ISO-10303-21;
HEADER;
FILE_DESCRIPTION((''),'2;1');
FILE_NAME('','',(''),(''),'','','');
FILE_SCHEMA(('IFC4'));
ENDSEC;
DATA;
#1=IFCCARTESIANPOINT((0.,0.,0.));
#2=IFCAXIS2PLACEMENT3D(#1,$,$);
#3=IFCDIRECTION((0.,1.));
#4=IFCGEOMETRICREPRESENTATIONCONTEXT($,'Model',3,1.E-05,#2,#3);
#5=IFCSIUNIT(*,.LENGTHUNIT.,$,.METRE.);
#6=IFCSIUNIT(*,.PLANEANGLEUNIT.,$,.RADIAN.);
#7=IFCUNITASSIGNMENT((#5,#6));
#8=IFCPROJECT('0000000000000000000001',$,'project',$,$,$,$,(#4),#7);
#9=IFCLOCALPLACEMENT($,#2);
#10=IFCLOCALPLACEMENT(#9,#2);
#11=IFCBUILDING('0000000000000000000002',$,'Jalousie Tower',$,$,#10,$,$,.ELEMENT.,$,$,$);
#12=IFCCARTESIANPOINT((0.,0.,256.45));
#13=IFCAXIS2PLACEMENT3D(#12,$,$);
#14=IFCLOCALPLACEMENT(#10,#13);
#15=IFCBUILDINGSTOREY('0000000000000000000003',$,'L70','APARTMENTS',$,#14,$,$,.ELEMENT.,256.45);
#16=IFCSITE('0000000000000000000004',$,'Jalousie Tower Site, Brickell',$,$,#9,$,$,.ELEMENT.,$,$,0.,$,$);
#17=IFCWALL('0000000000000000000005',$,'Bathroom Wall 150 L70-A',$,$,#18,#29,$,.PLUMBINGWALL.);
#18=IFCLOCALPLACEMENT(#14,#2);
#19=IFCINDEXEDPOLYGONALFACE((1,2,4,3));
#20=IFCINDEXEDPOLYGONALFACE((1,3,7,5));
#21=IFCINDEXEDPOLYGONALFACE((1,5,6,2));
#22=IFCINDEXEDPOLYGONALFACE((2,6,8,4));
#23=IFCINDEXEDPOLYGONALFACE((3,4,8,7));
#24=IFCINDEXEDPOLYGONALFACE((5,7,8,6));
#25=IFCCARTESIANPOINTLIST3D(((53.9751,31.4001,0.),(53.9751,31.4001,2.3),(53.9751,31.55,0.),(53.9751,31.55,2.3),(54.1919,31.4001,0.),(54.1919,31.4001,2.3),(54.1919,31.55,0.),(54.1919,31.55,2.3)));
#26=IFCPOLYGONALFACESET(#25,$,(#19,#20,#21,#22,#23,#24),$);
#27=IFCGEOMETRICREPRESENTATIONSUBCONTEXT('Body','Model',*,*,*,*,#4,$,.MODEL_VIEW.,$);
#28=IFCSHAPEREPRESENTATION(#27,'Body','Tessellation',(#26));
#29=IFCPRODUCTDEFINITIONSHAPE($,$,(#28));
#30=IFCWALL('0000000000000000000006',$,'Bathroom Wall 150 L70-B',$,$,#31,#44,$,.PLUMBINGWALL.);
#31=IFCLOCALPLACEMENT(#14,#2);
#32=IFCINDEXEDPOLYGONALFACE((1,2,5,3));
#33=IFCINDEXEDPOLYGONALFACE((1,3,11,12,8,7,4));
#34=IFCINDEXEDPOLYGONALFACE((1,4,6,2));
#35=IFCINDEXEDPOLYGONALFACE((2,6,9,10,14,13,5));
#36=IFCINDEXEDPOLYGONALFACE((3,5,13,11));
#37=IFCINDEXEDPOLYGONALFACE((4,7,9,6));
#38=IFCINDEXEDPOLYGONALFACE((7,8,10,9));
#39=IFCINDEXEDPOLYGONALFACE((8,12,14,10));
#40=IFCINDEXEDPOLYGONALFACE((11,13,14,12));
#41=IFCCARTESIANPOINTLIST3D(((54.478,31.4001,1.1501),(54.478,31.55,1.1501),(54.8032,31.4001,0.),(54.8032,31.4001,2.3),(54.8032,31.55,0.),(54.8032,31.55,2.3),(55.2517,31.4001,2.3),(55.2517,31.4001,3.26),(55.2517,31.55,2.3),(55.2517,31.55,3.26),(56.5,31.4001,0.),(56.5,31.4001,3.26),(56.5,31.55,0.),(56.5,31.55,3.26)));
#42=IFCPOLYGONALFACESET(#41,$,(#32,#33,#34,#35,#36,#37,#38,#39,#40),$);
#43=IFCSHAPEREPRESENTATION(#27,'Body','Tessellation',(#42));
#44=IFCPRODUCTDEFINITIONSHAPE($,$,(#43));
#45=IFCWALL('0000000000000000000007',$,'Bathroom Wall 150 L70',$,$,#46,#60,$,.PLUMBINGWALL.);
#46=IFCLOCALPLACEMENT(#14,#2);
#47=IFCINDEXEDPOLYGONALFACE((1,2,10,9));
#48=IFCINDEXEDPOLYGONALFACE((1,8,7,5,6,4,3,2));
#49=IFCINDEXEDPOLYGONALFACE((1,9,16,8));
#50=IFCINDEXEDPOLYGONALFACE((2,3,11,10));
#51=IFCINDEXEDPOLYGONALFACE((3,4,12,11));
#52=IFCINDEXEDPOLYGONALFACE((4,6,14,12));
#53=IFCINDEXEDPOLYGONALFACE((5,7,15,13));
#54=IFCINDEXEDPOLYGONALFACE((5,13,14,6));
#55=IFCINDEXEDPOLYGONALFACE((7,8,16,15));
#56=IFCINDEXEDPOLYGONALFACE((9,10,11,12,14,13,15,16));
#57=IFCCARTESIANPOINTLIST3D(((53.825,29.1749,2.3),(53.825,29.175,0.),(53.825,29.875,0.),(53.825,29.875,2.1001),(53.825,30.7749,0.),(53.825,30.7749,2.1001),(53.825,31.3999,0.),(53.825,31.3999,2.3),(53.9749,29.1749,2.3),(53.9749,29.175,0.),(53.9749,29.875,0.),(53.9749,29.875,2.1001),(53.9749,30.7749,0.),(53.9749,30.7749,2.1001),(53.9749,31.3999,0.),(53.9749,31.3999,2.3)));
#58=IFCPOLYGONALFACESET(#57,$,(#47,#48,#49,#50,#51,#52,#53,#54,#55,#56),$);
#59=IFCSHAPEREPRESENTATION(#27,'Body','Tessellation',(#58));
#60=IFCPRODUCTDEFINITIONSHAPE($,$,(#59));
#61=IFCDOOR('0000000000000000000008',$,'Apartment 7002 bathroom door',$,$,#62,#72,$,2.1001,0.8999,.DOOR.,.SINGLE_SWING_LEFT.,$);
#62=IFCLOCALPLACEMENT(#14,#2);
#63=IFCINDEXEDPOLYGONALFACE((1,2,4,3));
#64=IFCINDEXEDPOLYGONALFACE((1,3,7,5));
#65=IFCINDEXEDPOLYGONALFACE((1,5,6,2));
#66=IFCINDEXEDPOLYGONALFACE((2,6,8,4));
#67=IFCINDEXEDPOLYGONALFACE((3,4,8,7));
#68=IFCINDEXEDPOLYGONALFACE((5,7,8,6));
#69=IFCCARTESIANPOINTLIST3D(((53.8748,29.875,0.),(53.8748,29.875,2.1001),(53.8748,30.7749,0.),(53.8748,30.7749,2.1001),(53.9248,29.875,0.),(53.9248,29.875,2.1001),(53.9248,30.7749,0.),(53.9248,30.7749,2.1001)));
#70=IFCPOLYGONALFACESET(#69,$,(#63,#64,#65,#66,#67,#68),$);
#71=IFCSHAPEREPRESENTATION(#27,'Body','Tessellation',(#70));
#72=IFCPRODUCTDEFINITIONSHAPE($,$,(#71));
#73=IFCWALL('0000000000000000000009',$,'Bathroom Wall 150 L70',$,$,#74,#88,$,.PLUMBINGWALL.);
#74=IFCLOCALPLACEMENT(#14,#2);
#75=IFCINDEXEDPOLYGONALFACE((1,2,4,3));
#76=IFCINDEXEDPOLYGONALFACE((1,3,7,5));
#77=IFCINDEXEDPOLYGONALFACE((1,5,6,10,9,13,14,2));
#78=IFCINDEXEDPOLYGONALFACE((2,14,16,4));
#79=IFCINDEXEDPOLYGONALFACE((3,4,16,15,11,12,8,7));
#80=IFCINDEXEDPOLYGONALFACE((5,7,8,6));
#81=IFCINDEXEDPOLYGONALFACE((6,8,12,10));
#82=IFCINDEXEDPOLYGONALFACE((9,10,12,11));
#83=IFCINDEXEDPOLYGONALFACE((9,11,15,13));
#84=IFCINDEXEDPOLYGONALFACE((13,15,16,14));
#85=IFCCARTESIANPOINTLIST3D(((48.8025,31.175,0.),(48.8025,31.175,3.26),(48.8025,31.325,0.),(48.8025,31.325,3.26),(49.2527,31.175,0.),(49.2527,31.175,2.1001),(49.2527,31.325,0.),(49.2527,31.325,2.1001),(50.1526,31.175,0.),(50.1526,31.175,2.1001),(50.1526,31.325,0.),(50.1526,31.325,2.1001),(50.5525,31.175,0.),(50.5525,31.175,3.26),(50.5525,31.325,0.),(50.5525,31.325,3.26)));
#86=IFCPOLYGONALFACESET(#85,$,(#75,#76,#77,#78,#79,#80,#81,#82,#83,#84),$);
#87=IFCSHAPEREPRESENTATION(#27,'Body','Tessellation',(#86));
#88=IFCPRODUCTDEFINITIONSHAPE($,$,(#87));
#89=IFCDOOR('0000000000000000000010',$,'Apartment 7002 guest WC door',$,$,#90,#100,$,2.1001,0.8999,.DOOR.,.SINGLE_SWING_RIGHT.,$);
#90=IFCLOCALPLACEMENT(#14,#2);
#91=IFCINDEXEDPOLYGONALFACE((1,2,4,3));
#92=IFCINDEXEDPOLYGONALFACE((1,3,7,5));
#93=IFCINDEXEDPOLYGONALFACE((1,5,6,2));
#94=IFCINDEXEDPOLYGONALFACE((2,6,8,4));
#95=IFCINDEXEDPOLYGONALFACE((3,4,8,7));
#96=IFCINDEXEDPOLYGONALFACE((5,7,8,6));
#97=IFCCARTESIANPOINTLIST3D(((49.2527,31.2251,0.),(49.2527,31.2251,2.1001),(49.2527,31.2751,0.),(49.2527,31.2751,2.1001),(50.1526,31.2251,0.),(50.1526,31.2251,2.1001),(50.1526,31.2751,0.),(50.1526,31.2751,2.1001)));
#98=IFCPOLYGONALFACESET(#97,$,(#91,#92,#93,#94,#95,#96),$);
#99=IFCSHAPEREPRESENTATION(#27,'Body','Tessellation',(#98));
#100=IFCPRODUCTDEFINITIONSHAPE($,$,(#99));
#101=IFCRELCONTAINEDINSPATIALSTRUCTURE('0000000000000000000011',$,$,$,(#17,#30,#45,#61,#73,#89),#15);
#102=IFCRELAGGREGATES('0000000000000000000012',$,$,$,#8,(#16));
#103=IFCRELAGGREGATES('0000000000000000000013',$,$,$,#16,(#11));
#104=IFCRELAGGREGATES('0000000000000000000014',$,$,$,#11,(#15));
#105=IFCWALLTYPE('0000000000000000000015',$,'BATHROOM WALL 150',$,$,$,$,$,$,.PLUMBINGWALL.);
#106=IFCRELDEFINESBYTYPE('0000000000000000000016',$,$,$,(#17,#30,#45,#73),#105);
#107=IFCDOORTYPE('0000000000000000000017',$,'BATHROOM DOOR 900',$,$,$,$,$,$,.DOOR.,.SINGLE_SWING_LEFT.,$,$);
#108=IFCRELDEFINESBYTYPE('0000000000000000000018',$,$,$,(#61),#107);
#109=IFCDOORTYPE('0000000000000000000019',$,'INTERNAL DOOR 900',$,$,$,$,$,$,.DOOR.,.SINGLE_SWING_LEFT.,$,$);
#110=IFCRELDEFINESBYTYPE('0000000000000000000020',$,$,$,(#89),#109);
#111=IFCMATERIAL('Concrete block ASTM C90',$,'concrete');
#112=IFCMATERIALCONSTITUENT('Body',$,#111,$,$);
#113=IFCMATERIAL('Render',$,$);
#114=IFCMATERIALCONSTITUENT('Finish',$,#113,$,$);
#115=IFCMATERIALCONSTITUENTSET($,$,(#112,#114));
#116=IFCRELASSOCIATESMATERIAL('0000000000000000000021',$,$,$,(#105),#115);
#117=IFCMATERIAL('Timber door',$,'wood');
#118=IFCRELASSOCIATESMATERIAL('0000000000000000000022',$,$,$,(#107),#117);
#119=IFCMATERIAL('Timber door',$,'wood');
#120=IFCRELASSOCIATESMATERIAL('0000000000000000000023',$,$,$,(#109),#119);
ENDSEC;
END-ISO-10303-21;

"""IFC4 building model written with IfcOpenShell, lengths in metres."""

from ifc_helpers import new_model, si_unit, direction, frame, frame_2d, origin, place, context, subcontext, project, spatial, polyline, rectangle, outline, extrude, material, constituent, constituent_set, type_object, element, fill, save


model = new_model("IFC4")

# Units and contexts
model_context = context("Model", 3, precision=1e-05, world=origin(), true_north=direction((0.0, 1.0)))
body_context = subcontext(model_context, "Body", "Model", "MODEL_VIEW")
ifc_project = project(units=[si_unit("LENGTHUNIT", "METRE"), si_unit("PLANEANGLEUNIT", "RADIAN")], contexts=[model_context])

# Site, building, storey
site_placement = place(None, origin())
site = spatial("IfcSite", under=ifc_project, at=site_placement, Name="Jalousie Tower Site, Brickell", CompositionType="ELEMENT", RefElevation=0.0)
building_placement = place(site_placement, origin())
building = spatial("IfcBuilding", under=site, at=building_placement, Name="Jalousie Tower", CompositionType="ELEMENT")
storey_placement = place(building_placement, frame((0.0, 0.0, 256.45)))
storey = spatial("IfcBuildingStorey", under=building, at=storey_placement, Name="L70", Description="APARTMENTS", CompositionType="ELEMENT", Elevation=256.45)

# Walls
ifc_material_1 = material(Name="Concrete block ASTM C90", Category="concrete")
ifc_constituent_1 = constituent(ifc_material_1, Name="Body")
ifc_material_2 = material(Name="Render")
ifc_constituent_2 = constituent(ifc_material_2, Name="Finish")
ifc_constituent_set_1 = constituent_set(constituents=[ifc_constituent_1, ifc_constituent_2])
wall_type_1 = type_object("IfcWallType", Name="BATHROOM WALL 150", PredefinedType="PLUMBINGWALL", material=ifc_constituent_set_1)
wall_1_placement = place(storey_placement, frame((53.9751, 31.4751, 0.0), z_axis=(0.0, 0.0, 1.0), x_axis=(1.0, 0.0, 0.0)))
element("IfcWall", 1, at=wall_1_placement, inside=storey, type_object=wall_type_1, Name="Bathroom Wall 150 L70-A", PredefinedType="PLUMBINGWALL", context=body_context, shape_type="SweptSolid", body=[
    extrude(rectangle(XDim=0.2168, YDim=0.1499, at=frame_2d((0.1084, 0.0))), origin(), (0.0, 0.0, 1.0), 2.3),
])
wall_2_placement = place(storey_placement, frame((54.478, 31.4751, 0.0), z_axis=(0.0, 0.0, 1.0), x_axis=(1.0, 0.0, 0.0)))
element("IfcWall", 2, at=wall_2_placement, inside=storey, type_object=wall_type_1, Name="Bathroom Wall 150 L70-B", PredefinedType="PLUMBINGWALL", context=body_context, shape_type="SweptSolid", body=[
    extrude(outline(polyline([(0.7737, 3.26), (0.7737, 2.3), (0.3252, 2.3), (0.0, 1.1501), (0.3252, 0.0), (2.022, 0.0), (2.022, 3.26), (0.7737, 3.26)])), frame((0.0, 0.075, 0.0), z_axis=(0.0, -1.0, 0.0), x_axis=(1.0, 0.0, 0.0)), (0.0, 0.0, 1.0), 0.1499),
])

# Walls, openings, doors
wall_3_placement = place(storey_placement, frame((53.8999, 31.3999, 0.0), z_axis=(0.0, 0.0, 1.0), x_axis=(0.0, -1.0, 0.0)))
wall_3 = element("IfcWall", 3, at=wall_3_placement, inside=storey, type_object=wall_type_1, Name="Bathroom Wall 150 L70", PredefinedType="PLUMBINGWALL", context=body_context, shape_type="SweptSolid", body=[
    extrude(outline(polyline([(0.0, 0.0), (2.2249, 0.0), (2.2251, 3.26), (2.2251, 2.3), (0.438, 2.3), (0.0, 2.3), (0.0, 3.26), (0.0, 0.0)])), frame((0.0, 0.075, 0.0), z_axis=(0.0, -1.0, 0.0), x_axis=(1.0, 0.0, 0.0)), (0.0, 0.0, 1.0), 0.1499),
])
opening_1_placement = place(wall_3_placement, frame((0.625, 0.0, 0.0)))
opening_1 = element("IfcOpeningElement", 4, at=opening_1_placement, cuts=wall_3, PredefinedType="OPENING", context=body_context, shape_type="SweptSolid", body=[
    extrude(rectangle(XDim=0.8999, YDim=2.1001, at=frame_2d((0.45, 1.05))), frame((0.0, 0.085, 0.0), z_axis=(0.0, -1.0, 0.0), x_axis=(1.0, 0.0, 0.0)), (0.0, 0.0, 1.0), 0.1699),
])
ifc_material_3 = material(Name="Timber door", Category="wood")
door_type_1 = type_object("IfcDoorType", Name="BATHROOM DOOR 900", OperationType="SINGLE_SWING_LEFT", PredefinedType="DOOR", material=ifc_material_3)
door_1_placement = place(opening_1_placement, origin())
door_1 = element("IfcDoor", 5, at=door_1_placement, inside=storey, type_object=door_type_1, Name="Apartment 7002 bathroom door", OperationType="SINGLE_SWING_LEFT", OverallHeight=2.1001, OverallWidth=0.8999, PredefinedType="DOOR", context=body_context, shape_type="SweptSolid", body=[
    extrude(rectangle(XDim=0.8999, YDim=2.1001, at=frame_2d((0.45, 1.05))), frame((0.0, 0.0249, 0.0), z_axis=(0.0, -1.0, 0.0), x_axis=(1.0, 0.0, 0.0)), (0.0, 0.0, 1.0), 0.05),
])
fill(opening_1, door_1)
wall_4_placement = place(storey_placement, frame((50.5525, 31.25, 0.0), z_axis=(0.0, 0.0, 1.0), x_axis=(-1.0, 0.0, 0.0)))
wall_4 = element("IfcWall", 6, at=wall_4_placement, inside=storey, type_object=wall_type_1, Name="Bathroom Wall 150 L70", PredefinedType="PLUMBINGWALL", context=body_context, shape_type="SweptSolid", body=[
    extrude(rectangle(XDim=1.75, YDim=0.1499, at=frame_2d((0.875, 0.0))), origin(), (0.0, 0.0, 1.0), 3.26),
])
opening_2_placement = place(wall_4_placement, frame((0.3999, 0.0, 0.0)))
opening_2 = element("IfcOpeningElement", 7, at=opening_2_placement, cuts=wall_4, PredefinedType="OPENING", context=body_context, shape_type="SweptSolid", body=[
    extrude(rectangle(XDim=0.8999, YDim=2.1001, at=frame_2d((0.45, 1.05))), frame((0.0, 0.085, 0.0), z_axis=(0.0, -1.0, 0.0), x_axis=(1.0, 0.0, 0.0)), (0.0, 0.0, 1.0), 0.1699),
])
ifc_material_4 = material(Name="Timber door", Category="wood")
door_type_2 = type_object("IfcDoorType", Name="INTERNAL DOOR 900", OperationType="SINGLE_SWING_LEFT", PredefinedType="DOOR", material=ifc_material_4)
door_2_placement = place(opening_2_placement, origin())
door_2 = element("IfcDoor", 8, at=door_2_placement, inside=storey, type_object=door_type_2, Name="Apartment 7002 guest WC door", OperationType="SINGLE_SWING_RIGHT", OverallHeight=2.1001, OverallWidth=0.8999, PredefinedType="DOOR", context=body_context, shape_type="SweptSolid", body=[
    extrude(rectangle(XDim=0.8999, YDim=2.1001, at=frame_2d((0.45, 1.05))), frame((0.0, 0.0249, 0.0), z_axis=(0.0, -1.0, 0.0), x_axis=(1.0, 0.0, 0.0)), (0.0, 0.0, 1.0), 0.05),
])
fill(opening_2, door_2)

save(model, "model.ifc")
